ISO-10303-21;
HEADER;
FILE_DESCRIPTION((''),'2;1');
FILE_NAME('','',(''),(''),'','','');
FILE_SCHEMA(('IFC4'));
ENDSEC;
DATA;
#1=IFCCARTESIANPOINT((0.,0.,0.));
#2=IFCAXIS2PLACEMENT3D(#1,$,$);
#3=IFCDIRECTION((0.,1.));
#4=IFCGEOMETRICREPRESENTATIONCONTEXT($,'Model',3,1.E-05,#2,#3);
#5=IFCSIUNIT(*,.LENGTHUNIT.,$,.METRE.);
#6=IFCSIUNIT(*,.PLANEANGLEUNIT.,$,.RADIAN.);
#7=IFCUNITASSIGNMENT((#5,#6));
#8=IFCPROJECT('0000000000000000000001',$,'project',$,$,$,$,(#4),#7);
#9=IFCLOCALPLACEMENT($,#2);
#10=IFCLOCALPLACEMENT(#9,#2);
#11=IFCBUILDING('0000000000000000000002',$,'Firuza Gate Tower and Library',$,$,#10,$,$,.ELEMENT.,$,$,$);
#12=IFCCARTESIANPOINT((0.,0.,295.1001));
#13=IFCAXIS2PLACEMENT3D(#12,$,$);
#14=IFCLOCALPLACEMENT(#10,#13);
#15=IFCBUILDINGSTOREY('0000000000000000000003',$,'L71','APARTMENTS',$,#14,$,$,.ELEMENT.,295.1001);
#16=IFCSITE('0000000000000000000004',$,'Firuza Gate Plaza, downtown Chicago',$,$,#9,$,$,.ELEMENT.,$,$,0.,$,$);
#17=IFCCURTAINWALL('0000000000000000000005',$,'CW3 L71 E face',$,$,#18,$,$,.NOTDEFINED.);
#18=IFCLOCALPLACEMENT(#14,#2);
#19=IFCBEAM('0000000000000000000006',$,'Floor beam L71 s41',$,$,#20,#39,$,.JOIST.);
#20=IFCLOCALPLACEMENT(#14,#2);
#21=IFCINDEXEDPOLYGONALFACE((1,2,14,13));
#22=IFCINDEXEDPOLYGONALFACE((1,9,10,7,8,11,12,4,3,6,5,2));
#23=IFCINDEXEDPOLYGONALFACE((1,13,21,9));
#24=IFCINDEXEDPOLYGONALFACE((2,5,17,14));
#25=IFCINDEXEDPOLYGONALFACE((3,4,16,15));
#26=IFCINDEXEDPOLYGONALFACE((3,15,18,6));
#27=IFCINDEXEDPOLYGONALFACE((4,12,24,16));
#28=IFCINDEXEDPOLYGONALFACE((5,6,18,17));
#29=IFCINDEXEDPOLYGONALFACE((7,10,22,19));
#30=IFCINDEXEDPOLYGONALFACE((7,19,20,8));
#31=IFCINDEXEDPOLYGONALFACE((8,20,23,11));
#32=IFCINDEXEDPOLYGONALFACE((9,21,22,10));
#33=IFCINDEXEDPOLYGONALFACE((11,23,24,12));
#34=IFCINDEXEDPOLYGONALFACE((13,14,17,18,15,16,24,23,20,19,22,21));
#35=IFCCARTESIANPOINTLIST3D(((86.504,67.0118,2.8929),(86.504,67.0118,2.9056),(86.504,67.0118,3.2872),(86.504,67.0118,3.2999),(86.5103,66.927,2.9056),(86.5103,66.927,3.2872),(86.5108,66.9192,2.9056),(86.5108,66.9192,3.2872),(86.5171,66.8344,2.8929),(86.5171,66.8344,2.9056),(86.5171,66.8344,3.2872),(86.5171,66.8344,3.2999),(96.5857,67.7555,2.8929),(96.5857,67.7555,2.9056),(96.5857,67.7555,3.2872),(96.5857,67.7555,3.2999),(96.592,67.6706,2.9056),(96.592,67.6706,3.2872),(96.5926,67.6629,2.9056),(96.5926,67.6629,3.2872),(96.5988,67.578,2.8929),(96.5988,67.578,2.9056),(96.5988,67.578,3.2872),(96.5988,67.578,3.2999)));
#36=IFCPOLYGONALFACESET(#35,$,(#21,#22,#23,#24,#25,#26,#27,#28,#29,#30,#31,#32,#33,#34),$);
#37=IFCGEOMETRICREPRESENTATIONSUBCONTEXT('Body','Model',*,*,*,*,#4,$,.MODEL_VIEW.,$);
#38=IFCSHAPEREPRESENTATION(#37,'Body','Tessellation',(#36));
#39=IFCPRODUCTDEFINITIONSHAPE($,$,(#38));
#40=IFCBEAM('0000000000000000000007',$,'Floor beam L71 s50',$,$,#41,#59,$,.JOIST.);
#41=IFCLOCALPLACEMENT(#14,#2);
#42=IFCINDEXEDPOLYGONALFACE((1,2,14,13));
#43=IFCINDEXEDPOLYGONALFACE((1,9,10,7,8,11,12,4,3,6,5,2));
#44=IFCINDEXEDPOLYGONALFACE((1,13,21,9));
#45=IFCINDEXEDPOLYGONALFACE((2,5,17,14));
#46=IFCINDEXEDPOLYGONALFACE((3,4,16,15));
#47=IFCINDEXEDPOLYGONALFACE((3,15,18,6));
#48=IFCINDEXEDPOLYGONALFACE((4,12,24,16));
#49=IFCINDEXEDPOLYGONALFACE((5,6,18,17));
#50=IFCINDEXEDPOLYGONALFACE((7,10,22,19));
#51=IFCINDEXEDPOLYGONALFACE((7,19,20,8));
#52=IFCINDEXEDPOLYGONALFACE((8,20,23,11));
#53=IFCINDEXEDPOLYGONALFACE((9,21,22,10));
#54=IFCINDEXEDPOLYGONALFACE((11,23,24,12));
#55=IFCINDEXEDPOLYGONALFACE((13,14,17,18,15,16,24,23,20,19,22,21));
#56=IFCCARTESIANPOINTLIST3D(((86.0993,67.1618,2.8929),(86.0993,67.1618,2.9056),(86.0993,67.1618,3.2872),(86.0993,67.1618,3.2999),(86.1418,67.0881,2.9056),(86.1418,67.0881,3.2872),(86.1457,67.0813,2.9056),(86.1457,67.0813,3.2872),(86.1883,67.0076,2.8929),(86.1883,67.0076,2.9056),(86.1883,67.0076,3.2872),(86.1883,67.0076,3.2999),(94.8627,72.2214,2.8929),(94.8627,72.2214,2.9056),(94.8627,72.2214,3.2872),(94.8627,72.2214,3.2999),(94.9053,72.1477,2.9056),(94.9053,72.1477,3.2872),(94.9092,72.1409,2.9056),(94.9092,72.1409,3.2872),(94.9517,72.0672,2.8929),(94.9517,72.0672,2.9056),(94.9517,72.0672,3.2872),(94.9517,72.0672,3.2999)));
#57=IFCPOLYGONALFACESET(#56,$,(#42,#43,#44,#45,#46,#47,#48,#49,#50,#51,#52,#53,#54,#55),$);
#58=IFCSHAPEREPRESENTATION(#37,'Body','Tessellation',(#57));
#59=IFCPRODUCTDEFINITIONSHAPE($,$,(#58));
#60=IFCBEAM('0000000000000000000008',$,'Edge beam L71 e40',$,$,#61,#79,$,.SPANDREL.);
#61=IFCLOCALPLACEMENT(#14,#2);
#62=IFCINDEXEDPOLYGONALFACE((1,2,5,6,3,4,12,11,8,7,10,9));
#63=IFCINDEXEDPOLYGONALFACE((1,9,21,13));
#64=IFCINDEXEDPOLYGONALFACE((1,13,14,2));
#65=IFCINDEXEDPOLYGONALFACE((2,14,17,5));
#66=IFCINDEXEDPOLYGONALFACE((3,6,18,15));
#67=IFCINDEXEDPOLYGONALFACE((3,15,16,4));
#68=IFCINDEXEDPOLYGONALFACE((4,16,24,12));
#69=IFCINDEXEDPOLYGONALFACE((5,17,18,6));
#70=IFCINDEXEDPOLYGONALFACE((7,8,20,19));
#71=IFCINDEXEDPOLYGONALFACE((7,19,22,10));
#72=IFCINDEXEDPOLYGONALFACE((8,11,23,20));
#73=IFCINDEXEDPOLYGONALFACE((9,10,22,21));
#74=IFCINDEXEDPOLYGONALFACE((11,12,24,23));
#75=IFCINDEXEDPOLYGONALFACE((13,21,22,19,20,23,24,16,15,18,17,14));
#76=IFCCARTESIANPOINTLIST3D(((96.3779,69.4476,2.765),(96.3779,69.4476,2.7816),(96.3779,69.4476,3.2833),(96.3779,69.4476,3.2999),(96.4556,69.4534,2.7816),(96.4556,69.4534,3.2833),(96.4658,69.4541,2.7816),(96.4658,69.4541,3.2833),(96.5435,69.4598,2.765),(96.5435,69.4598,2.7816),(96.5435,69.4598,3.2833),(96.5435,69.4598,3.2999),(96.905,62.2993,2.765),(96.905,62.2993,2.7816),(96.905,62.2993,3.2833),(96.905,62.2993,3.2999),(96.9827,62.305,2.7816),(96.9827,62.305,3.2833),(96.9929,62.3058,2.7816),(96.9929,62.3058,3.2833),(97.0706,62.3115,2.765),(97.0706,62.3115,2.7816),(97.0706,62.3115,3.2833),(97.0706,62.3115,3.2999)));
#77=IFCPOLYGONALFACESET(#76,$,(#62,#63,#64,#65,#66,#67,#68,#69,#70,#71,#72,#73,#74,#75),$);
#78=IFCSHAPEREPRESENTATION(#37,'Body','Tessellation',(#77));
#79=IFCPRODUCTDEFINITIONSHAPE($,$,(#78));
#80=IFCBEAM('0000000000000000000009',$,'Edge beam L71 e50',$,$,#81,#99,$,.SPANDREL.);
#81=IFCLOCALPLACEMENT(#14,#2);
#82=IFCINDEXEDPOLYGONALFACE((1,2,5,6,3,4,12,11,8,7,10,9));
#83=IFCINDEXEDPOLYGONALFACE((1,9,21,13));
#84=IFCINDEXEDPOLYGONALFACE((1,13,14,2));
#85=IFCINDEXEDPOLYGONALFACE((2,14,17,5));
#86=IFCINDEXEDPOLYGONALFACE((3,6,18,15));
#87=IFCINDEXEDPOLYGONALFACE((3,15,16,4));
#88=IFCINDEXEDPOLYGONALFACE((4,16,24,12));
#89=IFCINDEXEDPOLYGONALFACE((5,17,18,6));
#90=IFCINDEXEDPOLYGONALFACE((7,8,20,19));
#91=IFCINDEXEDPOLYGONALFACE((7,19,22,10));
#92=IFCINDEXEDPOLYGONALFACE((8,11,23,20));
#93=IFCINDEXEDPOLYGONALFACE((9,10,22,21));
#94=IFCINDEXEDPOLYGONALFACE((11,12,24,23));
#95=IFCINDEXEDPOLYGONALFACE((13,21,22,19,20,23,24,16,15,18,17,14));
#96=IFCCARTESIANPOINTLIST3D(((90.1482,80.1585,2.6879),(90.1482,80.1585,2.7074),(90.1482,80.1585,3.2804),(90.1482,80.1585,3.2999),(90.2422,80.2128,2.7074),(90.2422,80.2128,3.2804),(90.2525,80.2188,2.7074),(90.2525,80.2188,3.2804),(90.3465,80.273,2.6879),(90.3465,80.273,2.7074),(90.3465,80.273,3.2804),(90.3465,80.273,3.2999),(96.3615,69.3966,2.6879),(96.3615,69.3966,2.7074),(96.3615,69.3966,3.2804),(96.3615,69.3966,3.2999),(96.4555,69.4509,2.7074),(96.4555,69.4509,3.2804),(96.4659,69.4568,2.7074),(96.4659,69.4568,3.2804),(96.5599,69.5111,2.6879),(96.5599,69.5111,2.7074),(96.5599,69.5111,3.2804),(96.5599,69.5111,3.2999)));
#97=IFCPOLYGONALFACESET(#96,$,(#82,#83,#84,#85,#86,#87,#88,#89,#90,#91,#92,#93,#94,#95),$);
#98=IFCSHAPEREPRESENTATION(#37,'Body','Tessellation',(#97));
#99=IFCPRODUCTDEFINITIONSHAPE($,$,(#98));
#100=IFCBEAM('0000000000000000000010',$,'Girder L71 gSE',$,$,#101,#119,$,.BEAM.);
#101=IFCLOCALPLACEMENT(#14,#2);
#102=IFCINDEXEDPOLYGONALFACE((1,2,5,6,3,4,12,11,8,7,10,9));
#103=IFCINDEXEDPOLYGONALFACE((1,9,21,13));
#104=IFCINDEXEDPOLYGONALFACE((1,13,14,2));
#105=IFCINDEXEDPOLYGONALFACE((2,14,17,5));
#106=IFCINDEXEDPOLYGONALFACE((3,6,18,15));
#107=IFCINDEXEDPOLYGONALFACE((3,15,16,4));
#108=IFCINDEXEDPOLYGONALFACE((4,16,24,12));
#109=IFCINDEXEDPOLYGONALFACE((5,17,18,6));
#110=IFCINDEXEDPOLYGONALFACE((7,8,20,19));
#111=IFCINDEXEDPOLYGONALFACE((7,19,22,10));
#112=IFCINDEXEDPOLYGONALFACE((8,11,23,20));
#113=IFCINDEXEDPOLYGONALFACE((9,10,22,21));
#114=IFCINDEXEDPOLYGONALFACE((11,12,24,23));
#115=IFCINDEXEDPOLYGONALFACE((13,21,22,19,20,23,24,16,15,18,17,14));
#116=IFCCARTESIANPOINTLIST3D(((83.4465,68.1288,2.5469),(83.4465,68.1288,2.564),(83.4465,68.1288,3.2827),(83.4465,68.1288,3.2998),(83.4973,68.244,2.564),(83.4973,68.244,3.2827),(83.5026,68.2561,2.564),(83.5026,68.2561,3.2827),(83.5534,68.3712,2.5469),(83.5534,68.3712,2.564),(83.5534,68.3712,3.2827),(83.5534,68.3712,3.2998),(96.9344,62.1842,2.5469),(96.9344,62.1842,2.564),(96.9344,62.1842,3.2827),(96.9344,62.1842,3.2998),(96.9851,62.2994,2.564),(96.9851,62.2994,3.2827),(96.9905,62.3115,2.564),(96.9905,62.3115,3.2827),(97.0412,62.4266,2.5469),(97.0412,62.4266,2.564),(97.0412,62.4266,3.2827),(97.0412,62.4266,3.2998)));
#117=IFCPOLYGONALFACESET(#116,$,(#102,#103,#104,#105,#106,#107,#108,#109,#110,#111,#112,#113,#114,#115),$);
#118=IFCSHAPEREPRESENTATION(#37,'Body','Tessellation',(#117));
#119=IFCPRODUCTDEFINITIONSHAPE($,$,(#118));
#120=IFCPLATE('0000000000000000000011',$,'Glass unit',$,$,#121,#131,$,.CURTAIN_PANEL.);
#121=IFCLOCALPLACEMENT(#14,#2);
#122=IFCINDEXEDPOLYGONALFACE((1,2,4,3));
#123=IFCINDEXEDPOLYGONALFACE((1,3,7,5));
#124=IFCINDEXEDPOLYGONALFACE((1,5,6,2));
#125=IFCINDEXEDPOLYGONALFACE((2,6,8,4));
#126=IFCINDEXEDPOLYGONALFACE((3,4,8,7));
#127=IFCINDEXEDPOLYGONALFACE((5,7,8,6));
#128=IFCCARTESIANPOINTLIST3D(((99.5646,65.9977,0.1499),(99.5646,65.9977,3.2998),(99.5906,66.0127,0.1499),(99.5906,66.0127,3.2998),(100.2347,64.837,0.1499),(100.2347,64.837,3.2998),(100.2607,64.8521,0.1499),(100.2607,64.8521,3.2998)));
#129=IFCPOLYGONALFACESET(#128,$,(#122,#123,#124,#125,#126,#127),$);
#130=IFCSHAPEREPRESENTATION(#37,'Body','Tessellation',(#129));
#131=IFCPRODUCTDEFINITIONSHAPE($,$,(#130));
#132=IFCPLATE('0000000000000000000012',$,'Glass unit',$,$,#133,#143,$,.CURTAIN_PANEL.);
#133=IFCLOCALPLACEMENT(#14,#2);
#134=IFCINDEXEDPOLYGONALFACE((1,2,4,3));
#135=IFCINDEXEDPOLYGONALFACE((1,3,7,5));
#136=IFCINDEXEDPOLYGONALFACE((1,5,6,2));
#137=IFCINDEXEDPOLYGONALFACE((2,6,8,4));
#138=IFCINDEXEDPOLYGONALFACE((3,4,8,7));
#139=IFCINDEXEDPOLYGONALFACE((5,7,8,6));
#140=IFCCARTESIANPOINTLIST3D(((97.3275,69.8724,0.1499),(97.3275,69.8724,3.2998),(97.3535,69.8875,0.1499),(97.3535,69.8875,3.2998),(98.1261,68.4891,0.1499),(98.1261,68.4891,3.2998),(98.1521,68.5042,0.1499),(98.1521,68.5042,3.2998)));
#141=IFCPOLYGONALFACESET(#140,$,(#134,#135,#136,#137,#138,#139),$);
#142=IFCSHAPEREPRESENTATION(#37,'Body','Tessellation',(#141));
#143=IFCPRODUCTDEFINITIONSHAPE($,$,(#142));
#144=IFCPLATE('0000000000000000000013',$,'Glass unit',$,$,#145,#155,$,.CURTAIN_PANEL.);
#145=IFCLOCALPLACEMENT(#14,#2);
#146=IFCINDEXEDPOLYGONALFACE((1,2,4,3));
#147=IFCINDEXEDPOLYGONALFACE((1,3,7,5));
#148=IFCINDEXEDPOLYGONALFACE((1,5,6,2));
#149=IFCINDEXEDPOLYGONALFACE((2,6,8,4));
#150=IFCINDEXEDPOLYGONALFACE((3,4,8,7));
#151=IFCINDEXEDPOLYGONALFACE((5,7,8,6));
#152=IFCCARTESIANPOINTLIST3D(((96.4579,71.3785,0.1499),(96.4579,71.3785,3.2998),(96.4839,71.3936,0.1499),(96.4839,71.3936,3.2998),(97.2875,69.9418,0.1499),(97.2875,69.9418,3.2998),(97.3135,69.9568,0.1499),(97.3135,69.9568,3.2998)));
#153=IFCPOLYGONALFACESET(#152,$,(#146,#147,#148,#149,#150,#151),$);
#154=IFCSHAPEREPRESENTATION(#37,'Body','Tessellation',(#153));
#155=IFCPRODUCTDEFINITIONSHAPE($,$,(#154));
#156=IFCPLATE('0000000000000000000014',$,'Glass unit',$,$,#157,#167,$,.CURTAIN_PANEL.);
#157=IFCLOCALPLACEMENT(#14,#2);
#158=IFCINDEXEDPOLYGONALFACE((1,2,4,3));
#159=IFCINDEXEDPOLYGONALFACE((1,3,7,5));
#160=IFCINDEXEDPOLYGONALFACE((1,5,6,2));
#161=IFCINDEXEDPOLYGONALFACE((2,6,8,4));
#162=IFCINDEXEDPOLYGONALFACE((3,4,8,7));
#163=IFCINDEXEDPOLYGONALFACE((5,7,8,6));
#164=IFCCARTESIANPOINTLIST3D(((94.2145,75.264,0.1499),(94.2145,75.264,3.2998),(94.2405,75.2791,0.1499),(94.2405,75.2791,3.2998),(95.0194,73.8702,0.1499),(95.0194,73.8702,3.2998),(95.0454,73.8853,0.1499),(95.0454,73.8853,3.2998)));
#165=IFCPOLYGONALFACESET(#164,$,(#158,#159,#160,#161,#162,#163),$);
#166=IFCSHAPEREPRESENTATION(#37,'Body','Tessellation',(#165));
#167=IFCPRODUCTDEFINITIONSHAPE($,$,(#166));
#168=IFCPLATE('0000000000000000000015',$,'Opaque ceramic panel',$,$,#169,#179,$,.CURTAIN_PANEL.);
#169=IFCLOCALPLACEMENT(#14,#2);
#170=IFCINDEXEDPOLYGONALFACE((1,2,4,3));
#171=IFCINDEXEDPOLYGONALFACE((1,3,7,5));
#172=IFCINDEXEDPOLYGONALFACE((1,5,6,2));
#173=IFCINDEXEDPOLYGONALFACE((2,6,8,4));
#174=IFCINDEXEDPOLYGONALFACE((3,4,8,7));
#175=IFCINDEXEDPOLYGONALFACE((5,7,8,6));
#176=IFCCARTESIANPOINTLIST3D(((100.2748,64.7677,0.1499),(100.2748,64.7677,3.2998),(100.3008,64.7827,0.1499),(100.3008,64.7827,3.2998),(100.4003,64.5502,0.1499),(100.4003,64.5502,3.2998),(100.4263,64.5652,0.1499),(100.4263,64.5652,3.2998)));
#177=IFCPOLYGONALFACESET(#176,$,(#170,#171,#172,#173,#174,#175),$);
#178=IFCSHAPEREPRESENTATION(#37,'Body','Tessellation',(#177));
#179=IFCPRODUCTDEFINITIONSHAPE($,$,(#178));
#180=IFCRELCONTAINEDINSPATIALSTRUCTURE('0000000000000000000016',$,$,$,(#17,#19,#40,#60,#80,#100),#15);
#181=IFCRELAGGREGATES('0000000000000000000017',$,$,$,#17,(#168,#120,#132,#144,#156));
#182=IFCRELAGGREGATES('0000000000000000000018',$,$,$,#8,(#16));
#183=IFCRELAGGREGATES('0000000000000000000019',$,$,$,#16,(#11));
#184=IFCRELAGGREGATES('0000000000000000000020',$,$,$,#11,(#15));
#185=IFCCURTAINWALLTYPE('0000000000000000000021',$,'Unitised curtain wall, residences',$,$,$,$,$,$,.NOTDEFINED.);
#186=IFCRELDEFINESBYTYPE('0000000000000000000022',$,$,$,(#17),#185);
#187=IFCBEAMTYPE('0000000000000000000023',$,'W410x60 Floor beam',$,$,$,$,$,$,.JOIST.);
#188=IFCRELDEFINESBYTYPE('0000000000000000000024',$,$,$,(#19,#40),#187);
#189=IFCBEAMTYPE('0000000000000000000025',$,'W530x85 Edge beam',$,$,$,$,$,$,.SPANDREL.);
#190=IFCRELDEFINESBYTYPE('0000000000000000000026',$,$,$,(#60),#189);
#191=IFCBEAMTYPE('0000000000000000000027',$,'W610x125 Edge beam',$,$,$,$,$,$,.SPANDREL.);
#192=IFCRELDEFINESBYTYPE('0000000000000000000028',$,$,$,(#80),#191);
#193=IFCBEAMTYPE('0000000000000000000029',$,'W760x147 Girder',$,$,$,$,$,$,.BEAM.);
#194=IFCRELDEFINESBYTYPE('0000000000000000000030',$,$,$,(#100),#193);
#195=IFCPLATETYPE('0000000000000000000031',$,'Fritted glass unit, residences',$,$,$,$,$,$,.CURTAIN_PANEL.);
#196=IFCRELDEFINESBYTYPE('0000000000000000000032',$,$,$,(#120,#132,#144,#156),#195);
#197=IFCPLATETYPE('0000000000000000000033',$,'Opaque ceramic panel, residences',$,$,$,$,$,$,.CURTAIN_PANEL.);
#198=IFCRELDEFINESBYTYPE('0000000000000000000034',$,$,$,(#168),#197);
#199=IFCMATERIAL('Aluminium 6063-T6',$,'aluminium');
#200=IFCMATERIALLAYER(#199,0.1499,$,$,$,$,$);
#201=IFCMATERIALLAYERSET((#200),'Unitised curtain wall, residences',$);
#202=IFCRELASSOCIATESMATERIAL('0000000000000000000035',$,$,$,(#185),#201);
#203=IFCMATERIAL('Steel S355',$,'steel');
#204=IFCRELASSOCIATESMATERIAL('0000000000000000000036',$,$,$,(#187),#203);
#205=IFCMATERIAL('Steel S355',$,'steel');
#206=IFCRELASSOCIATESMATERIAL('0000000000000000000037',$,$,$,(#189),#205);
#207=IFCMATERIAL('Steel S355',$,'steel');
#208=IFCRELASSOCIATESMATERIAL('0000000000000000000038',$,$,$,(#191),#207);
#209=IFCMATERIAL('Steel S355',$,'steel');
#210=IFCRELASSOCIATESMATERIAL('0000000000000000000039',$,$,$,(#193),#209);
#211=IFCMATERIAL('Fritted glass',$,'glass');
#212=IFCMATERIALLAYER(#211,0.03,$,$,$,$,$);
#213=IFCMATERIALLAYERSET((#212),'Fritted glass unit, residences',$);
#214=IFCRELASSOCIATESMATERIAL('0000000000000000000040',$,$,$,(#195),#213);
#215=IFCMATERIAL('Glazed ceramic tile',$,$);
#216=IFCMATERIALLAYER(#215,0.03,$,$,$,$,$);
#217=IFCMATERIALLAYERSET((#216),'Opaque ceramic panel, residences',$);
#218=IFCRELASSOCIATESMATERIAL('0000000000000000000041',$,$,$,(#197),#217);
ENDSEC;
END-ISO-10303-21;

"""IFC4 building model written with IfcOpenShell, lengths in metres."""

from ifc_helpers import new_model, si_unit, direction, frame, origin, origin_2d, place, context, subcontext, project, spatial, polyline, i_section, outline, extrude, material, layer, layer_set, material_profile, profile_set, type_object, element, aggregate, save


model = new_model("IFC4")

# Units and contexts
model_context = context("Model", 3, precision=1e-05, world=origin(), true_north=direction((0.0, 1.0)))
body_context = subcontext(model_context, "Body", "Model", "MODEL_VIEW")
ifc_project = project(units=[si_unit("LENGTHUNIT", "METRE"), si_unit("PLANEANGLEUNIT", "RADIAN")], contexts=[model_context])

# Site, building, storey
site_placement = place(None, origin())
site = spatial("IfcSite", under=ifc_project, at=site_placement, Name="Firuza Gate Plaza, downtown Chicago", CompositionType="ELEMENT", RefElevation=0.0)
building_placement = place(site_placement, origin())
building = spatial("IfcBuilding", under=site, at=building_placement, Name="Firuza Gate Tower and Library", CompositionType="ELEMENT")
storey_placement = place(building_placement, frame((0.0, 0.0, 295.1001)))
storey = spatial("IfcBuildingStorey", under=building, at=storey_placement, Name="L71", Description="APARTMENTS", CompositionType="ELEMENT", Elevation=295.1001)

# Curtain wall
ifc_material_1 = material(Name="Aluminium 6063-T6", Category="aluminium")
ifc_layer_1 = layer(ifc_material_1, 0.1499)
ifc_layer_set_1 = layer_set([ifc_layer_1], Name="Unitised curtain wall, residences")
curtain_wall_type = type_object("IfcCurtainWallType", Name="Unitised curtain wall, residences", PredefinedType="NOTDEFINED", material=ifc_layer_set_1)
curtain_wall_placement = place(storey_placement, origin())
curtain_wall = element("IfcCurtainWall", 1, at=curtain_wall_placement, inside=storey, type_object=curtain_wall_type, Name="CW3 L71 E face", PredefinedType="NOTDEFINED")

# Beams
ifc_material_2 = material(Name="Steel S355", Category="steel")
ifc_material_profile_1 = material_profile(ifc_material_2, i_section(OverallWidth=0.178, OverallDepth=0.407, WebThickness=0.0078, FlangeThickness=0.0127, at=origin_2d()))
ifc_profile_set_1 = profile_set([ifc_material_profile_1], Name="Steel S355")
beam_type_1 = type_object("IfcBeamType", Name="W410x60 Floor beam", PredefinedType="JOIST", material=ifc_profile_set_1)
beam_1_placement = place(storey_placement, frame((96.5923, 67.6667, 3.0964), z_axis=(-0.997291, -0.073562, 0.0), x_axis=(0.073562, -0.997291, 0.0)))
element("IfcBeam", 2, at=beam_1_placement, inside=storey, type_object=beam_type_1, Name="Floor beam L71 s41", PredefinedType="JOIST", context=body_context, shape_type="SweptSolid", body=[
    extrude(i_section(OverallWidth=0.178, OverallDepth=0.407, WebThickness=0.0078, FlangeThickness=0.0127, at=origin_2d()), origin(), (0.0, 0.0, 1.0), 10.1091),
])
beam_2_placement = place(storey_placement, frame((94.9072, 72.1443, 3.0964), z_axis=(-0.866025, -0.5, 0.0), x_axis=(0.5, -0.866025, 0.0)))
element("IfcBeam", 3, at=beam_2_placement, inside=storey, type_object=beam_type_1, Name="Floor beam L71 s50", PredefinedType="JOIST", context=body_context, shape_type="SweptSolid", body=[
    extrude(i_section(OverallWidth=0.178, OverallDepth=0.407, WebThickness=0.0078, FlangeThickness=0.0127, at=origin_2d()), origin(), (0.0, 0.0, 1.0), 10.1191),
])
ifc_material_3 = material(Name="Steel S355", Category="steel")
ifc_material_profile_2 = material_profile(ifc_material_3, i_section(OverallWidth=0.166, OverallDepth=0.5349, WebThickness=0.0103, FlangeThickness=0.0166, at=origin_2d()))
ifc_profile_set_2 = profile_set([ifc_material_profile_2], Name="Steel S355")
beam_type_2 = type_object("IfcBeamType", Name="W530x85 Edge beam", PredefinedType="SPANDREL", material=ifc_profile_set_2)
beam_3_placement = place(storey_placement, frame((96.9878, 62.3054, 3.0325), z_axis=(-0.073537, 0.997293, 0.0), x_axis=(-0.997293, -0.073537, 0.0)))
element("IfcBeam", 4, at=beam_3_placement, inside=storey, type_object=beam_type_2, Name="Edge beam L71 e40", PredefinedType="SPANDREL", context=body_context, shape_type="SweptSolid", body=[
    extrude(i_section(OverallWidth=0.166, OverallDepth=0.5349, WebThickness=0.0103, FlangeThickness=0.0166, at=origin_2d()), origin(), (0.0, 0.0, 1.0), 7.1677),
])
ifc_material_4 = material(Name="Steel S355", Category="steel")
ifc_material_profile_3 = material_profile(ifc_material_4, i_section(OverallWidth=0.229, OverallDepth=0.6121, WebThickness=0.012, FlangeThickness=0.0195, at=origin_2d()))
ifc_profile_set_3 = profile_set([ifc_material_profile_3], Name="Steel S355")
beam_type_3 = type_object("IfcBeamType", Name="W610x125 Edge beam", PredefinedType="SPANDREL", material=ifc_profile_set_3)
beam_4_placement = place(storey_placement, frame((96.4607, 69.4539, 2.9939), z_axis=(-0.499997, 0.866027, 0.0), x_axis=(-0.866027, -0.499997, 0.0)))
element("IfcBeam", 5, at=beam_4_placement, inside=storey, type_object=beam_type_3, Name="Edge beam L71 e50", PredefinedType="SPANDREL", context=body_context, shape_type="SweptSolid", body=[
    extrude(i_section(OverallWidth=0.229, OverallDepth=0.6121, WebThickness=0.012, FlangeThickness=0.0195, at=origin_2d()), origin(), (0.0, 0.0, 1.0), 12.4268),
])
ifc_material_5 = material(Name="Steel S355", Category="steel")
ifc_material_profile_4 = material_profile(ifc_material_5, i_section(OverallWidth=0.2649, OverallDepth=0.7529, WebThickness=0.0132, FlangeThickness=0.0171, at=origin_2d()))
ifc_profile_set_4 = profile_set([ifc_material_profile_4], Name="Steel S355")
beam_type_4 = type_object("IfcBeamType", Name="W760x147 Girder", PredefinedType="BEAM", material=ifc_profile_set_4)
beam_5_placement = place(storey_placement, frame((96.9878, 62.3054, 2.9233), z_axis=(-0.915066, 0.403304, 0.0), x_axis=(-0.403304, -0.915066, 0.0)))
element("IfcBeam", 6, at=beam_5_placement, inside=storey, type_object=beam_type_4, Name="Girder L71 gSE", PredefinedType="BEAM", context=body_context, shape_type="SweptSolid", body=[
    extrude(i_section(OverallWidth=0.2649, OverallDepth=0.7529, WebThickness=0.0132, FlangeThickness=0.0171, at=origin_2d()), origin(), (0.0, 0.0, 1.0), 14.7397),
])

# Plates
ifc_material_6 = material(Name="Fritted glass", Category="glass")
ifc_layer_2 = layer(ifc_material_6, 0.03)
ifc_layer_set_2 = layer_set([ifc_layer_2], Name="Fritted glass unit, residences")
plate_type_1 = type_object("IfcPlateType", Name="Fritted glass unit, residences", PredefinedType="CURTAIN_PANEL", material=ifc_layer_set_2)
plate_1_placement = place(storey_placement, frame((100.2607, 64.8521, 0.1499), z_axis=(0.866004, 0.500038, 0.0), x_axis=(-0.500038, 0.866004, 0.0)))
plate_1 = element("IfcPlate", 7, at=plate_1_placement, type_object=plate_type_1, Name="Glass unit", PredefinedType="CURTAIN_PANEL", context=body_context, shape_type="SweptSolid", body=[
    extrude(outline(polyline([(0.0, 0.0), (1.3402, 0.0), (1.3402, 3.1499), (0.0, 3.1499), (0.0, 0.0)])), origin(), (0.0, 0.0, -1.0), 0.03),
])
plate_2_placement = place(storey_placement, frame((98.1521, 68.5042, 0.1499), z_axis=(0.866043, 0.499969, 0.0), x_axis=(-0.499969, 0.866043, 0.0)))
plate_2 = element("IfcPlate", 8, at=plate_2_placement, type_object=plate_type_1, Name="Glass unit", PredefinedType="CURTAIN_PANEL", context=body_context, shape_type="SweptSolid", body=[
    extrude(outline(polyline([(0.0, 0.0), (1.5973, 0.0), (1.5973, 3.1499), (0.0, 3.1499), (0.0, 0.0)])), origin(), (0.0, 0.0, -1.0), 0.03),
])
plate_3_placement = place(storey_placement, frame((97.3135, 69.9568, 0.1499), z_axis=(0.866007, 0.500032, 0.0), x_axis=(-0.500032, 0.866007, 0.0)))
plate_3 = element("IfcPlate", 9, at=plate_3_placement, type_object=plate_type_1, Name="Glass unit", PredefinedType="CURTAIN_PANEL", context=body_context, shape_type="SweptSolid", body=[
    extrude(outline(polyline([(0.0, 0.0), (1.6591, 0.0), (1.6591, 3.1499), (0.0, 3.1499), (0.0, 0.0)])), origin(), (0.0, 0.0, -1.0), 0.03),
])
plate_4_placement = place(storey_placement, frame((95.0454, 73.8853, 0.1499), z_axis=(0.865966, 0.500103, 0.0), x_axis=(-0.500103, 0.865966, 0.0)))
plate_4 = element("IfcPlate", 10, at=plate_4_placement, type_object=plate_type_1, Name="Glass unit", PredefinedType="CURTAIN_PANEL", context=body_context, shape_type="SweptSolid", body=[
    extrude(outline(polyline([(0.0, 0.0), (1.6095, 0.0), (1.6095, 3.1499), (0.0, 3.1499), (0.0, 0.0)])), origin(), (0.0, 0.0, -1.0), 0.03),
])
ifc_material_7 = material(Name="Glazed ceramic tile")
ifc_layer_3 = layer(ifc_material_7, 0.03)
ifc_layer_set_3 = layer_set([ifc_layer_3], Name="Opaque ceramic panel, residences")
plate_type_2 = type_object("IfcPlateType", Name="Opaque ceramic panel, residences", PredefinedType="CURTAIN_PANEL", material=ifc_layer_set_3)
plate_5_placement = place(storey_placement, frame((100.4263, 64.5652, 0.1499), z_axis=(0.866202, 0.499694, 0.0), x_axis=(-0.499694, 0.866202, 0.0)))
plate_5 = element("IfcPlate", 11, at=plate_5_placement, type_object=plate_type_2, Name="Opaque ceramic panel", PredefinedType="CURTAIN_PANEL", context=body_context, shape_type="SweptSolid", body=[
    extrude(outline(polyline([(0.0, 0.0), (0.2511, 0.0), (0.2511, 3.1499), (0.0, 3.1499), (0.0, 0.0)])), origin(), (0.0, 0.0, -1.0), 0.03),
])
aggregate(curtain_wall, [plate_5, plate_1, plate_2, plate_3, plate_4])

save(model, "model.ifc")
